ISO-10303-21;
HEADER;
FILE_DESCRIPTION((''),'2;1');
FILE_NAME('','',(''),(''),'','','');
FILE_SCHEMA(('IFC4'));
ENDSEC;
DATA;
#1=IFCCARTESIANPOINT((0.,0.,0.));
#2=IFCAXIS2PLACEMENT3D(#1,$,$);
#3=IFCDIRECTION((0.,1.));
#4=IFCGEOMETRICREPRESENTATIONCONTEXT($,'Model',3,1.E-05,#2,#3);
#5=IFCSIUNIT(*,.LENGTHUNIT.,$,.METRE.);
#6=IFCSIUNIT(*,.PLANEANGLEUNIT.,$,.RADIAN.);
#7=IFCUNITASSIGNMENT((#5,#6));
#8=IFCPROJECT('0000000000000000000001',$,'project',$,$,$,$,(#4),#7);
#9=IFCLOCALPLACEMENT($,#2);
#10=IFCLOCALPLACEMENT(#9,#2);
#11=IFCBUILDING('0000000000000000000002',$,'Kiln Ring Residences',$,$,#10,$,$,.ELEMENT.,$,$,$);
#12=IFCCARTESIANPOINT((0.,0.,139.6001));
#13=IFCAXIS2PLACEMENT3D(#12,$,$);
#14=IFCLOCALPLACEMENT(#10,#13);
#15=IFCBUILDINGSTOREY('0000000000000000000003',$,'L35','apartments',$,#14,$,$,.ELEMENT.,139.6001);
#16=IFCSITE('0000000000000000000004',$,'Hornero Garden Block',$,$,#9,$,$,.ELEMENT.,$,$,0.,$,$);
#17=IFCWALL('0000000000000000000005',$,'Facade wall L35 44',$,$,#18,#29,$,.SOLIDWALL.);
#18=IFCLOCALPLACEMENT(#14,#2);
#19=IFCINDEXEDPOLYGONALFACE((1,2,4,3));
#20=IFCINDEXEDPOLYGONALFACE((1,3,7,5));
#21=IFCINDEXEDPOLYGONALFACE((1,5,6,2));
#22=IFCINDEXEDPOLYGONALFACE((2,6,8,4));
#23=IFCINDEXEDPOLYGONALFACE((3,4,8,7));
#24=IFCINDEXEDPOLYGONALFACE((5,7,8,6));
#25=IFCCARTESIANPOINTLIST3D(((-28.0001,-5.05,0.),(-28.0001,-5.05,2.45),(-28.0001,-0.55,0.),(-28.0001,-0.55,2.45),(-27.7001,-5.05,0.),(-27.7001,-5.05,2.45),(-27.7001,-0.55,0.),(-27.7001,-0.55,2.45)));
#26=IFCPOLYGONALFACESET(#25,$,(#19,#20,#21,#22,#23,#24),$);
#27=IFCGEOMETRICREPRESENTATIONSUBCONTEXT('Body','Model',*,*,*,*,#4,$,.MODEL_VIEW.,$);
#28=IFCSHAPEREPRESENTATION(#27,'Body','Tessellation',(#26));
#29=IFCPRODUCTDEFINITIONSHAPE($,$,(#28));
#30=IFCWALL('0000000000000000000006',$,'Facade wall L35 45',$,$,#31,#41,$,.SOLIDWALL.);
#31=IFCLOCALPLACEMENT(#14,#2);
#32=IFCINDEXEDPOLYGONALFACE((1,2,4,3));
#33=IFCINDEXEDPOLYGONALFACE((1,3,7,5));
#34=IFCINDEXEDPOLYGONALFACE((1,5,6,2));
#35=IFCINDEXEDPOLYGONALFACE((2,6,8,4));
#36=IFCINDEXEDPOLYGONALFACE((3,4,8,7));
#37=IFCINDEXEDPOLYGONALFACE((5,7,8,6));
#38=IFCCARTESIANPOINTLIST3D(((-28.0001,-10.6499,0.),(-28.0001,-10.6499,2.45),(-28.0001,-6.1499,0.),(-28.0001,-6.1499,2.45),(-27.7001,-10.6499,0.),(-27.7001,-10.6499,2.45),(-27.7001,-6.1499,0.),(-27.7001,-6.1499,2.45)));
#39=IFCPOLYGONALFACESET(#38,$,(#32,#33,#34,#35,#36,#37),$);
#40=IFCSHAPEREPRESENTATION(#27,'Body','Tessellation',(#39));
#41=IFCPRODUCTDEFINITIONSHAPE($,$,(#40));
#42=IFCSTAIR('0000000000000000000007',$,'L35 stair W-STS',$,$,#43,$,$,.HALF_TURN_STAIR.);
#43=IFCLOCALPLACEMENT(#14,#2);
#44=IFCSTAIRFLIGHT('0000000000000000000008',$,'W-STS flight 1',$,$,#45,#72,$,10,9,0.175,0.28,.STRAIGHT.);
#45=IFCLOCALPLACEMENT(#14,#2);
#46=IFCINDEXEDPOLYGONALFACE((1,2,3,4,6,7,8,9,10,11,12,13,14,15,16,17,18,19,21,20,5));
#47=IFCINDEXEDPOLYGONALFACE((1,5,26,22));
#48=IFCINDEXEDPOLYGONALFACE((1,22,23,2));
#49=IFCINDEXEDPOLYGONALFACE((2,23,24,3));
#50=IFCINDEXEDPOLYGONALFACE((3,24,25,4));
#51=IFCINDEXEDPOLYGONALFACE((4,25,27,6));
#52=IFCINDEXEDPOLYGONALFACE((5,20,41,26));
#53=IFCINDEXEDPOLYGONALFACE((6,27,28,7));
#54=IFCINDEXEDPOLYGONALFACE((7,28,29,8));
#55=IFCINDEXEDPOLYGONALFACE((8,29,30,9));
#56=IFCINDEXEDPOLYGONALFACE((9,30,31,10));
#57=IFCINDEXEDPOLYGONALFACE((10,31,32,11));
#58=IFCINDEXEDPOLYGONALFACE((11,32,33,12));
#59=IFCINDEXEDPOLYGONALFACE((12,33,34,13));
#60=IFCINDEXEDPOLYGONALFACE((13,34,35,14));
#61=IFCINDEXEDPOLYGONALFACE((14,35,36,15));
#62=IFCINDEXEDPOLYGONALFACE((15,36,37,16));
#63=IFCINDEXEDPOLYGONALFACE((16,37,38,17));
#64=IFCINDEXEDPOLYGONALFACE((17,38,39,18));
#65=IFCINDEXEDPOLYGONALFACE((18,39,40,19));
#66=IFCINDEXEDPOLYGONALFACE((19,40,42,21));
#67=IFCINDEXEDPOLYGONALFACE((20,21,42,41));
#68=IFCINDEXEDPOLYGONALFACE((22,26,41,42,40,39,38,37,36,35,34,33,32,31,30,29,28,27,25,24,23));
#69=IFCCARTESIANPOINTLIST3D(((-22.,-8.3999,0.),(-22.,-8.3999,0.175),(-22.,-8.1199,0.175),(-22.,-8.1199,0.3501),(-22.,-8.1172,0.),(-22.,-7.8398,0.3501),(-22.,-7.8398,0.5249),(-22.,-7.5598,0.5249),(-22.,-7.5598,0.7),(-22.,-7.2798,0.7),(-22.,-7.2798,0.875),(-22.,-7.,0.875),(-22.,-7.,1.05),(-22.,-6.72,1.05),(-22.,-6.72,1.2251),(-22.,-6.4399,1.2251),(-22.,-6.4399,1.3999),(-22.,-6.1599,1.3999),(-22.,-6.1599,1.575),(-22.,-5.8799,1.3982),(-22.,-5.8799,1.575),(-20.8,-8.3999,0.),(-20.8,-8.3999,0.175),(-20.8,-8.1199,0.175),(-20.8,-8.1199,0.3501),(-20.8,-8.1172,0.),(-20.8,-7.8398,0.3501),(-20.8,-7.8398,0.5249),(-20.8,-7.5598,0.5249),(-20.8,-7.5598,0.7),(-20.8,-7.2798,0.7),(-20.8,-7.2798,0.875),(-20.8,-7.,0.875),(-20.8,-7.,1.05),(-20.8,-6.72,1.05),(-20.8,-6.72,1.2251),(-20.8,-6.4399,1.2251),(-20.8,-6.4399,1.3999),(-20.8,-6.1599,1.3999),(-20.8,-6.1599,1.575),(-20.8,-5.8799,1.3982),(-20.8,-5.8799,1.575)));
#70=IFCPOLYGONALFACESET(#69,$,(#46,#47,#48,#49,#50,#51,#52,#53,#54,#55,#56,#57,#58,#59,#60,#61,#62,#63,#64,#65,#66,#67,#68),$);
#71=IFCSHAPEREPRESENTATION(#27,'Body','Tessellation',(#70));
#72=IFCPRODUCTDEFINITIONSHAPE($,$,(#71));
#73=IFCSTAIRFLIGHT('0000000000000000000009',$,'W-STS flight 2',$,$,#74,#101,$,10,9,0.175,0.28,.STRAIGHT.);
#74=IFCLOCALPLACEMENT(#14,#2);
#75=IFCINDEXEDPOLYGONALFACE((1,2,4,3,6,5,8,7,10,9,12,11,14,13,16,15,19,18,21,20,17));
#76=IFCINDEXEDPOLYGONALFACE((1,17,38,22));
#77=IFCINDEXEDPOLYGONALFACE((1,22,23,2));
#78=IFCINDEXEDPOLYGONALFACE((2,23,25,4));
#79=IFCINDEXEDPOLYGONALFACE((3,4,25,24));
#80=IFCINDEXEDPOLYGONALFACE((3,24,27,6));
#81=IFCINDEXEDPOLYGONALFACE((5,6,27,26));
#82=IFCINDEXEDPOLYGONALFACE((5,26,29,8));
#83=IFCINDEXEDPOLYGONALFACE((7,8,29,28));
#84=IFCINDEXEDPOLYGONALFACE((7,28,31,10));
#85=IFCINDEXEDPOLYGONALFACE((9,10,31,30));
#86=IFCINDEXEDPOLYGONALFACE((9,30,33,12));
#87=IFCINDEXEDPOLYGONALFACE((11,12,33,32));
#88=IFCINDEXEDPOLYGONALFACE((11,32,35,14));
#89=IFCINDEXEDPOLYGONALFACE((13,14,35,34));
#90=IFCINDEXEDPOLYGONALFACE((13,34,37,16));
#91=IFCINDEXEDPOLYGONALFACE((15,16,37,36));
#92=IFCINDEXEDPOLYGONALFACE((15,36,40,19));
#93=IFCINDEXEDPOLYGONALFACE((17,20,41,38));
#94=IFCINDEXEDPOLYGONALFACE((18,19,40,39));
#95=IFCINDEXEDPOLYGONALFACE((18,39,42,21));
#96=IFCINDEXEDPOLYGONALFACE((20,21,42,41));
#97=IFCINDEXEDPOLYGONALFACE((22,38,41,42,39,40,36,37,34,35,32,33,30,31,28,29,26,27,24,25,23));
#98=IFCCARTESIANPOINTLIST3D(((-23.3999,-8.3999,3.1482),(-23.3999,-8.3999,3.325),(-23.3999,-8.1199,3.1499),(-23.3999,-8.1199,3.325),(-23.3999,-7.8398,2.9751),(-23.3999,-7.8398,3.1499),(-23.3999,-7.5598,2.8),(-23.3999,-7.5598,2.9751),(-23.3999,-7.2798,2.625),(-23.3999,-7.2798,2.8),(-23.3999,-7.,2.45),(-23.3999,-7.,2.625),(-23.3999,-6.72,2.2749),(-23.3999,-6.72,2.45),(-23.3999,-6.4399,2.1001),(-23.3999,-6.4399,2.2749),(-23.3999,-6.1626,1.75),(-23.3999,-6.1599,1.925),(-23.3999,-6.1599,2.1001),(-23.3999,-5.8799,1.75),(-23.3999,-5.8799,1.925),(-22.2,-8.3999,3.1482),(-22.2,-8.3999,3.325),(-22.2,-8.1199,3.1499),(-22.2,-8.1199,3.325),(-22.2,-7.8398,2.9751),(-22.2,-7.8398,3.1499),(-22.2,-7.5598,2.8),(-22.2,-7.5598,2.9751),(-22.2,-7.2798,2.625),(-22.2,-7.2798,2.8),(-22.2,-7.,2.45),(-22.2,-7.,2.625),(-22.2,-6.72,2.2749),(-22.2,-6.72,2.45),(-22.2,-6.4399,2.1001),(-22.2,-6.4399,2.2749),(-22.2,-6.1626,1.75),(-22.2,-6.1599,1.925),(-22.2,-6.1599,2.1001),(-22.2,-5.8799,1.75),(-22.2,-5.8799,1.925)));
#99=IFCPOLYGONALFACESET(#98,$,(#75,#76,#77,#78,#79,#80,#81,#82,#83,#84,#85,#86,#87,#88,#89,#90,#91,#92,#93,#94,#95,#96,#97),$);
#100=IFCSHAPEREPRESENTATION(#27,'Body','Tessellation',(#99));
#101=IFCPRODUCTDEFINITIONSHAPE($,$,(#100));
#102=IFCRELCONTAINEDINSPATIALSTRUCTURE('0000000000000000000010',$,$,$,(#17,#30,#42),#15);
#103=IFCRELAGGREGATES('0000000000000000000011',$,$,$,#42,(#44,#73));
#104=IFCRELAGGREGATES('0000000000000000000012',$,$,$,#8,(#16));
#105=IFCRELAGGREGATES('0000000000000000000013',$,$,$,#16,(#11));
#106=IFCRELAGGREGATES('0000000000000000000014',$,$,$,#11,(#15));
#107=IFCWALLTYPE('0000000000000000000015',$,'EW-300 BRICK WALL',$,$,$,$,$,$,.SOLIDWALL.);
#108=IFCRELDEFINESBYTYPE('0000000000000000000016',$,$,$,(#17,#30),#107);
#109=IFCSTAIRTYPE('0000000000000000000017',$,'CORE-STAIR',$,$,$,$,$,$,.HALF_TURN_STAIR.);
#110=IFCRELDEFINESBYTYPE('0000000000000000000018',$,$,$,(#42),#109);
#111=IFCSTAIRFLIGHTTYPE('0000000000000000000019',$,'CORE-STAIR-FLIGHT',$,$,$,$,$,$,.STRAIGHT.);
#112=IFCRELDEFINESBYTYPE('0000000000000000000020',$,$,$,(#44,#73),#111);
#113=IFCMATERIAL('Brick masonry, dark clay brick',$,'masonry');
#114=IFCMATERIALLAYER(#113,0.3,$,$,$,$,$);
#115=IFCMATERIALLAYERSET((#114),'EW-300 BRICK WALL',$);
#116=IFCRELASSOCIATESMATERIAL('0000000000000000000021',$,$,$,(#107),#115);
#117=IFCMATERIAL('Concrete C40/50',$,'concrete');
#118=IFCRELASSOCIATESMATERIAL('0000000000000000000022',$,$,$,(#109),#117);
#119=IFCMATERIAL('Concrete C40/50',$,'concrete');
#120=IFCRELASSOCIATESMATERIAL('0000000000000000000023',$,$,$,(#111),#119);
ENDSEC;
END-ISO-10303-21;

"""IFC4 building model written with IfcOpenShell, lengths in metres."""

from ifc_helpers import new_model, si_unit, direction, frame, frame_2d, origin, place, context, subcontext, project, spatial, polyline, rectangle, outline, extrude, material, layer, layer_set, type_object, element, aggregate, save


model = new_model("IFC4")

# Units and contexts
model_context = context("Model", 3, precision=1e-05, world=origin(), true_north=direction((0.0, 1.0)))
body_context = subcontext(model_context, "Body", "Model", "MODEL_VIEW")
ifc_project = project(units=[si_unit("LENGTHUNIT", "METRE"), si_unit("PLANEANGLEUNIT", "RADIAN")], contexts=[model_context])

# Site, building, storey
site_placement = place(None, origin())
site = spatial("IfcSite", under=ifc_project, at=site_placement, Name="Hornero Garden Block", CompositionType="ELEMENT", RefElevation=0.0)
building_placement = place(site_placement, origin())
building = spatial("IfcBuilding", under=site, at=building_placement, Name="Kiln Ring Residences", CompositionType="ELEMENT")
storey_placement = place(building_placement, frame((0.0, 0.0, 139.6001)))
storey = spatial("IfcBuildingStorey", under=building, at=storey_placement, Name="L35", Description="apartments", CompositionType="ELEMENT", Elevation=139.6001)

# Walls
ifc_material_1 = material(Name="Brick masonry, dark clay brick", Category="masonry")
ifc_layer_1 = layer(ifc_material_1, 0.3)
ifc_layer_set_1 = layer_set([ifc_layer_1], Name="EW-300 BRICK WALL")
wall_type_1 = type_object("IfcWallType", Name="EW-300 BRICK WALL", PredefinedType="SOLIDWALL", material=ifc_layer_set_1)
for number, where, z_axis, x_axis, name in (
    (1, (-27.8501, -0.55, 0.0), (0.0, 0.0, 1.0), (0.0, -1.0, 0.0), "Facade wall L35 44"),
    (2, (-27.8501, -6.1499, 0.0), (0.0, 0.0, 1.0), (0.0, -1.0, 0.0), "Facade wall L35 45"),
):
    element("IfcWall", number, at=place(storey_placement, frame(where, z_axis=z_axis, x_axis=x_axis)), inside=storey, type_object=wall_type_1, Name=name, PredefinedType="SOLIDWALL", context=body_context, shape_type="SweptSolid", body=[
        extrude(rectangle(XDim=4.5, YDim=0.3, at=frame_2d((2.25, 0.0))), origin(), (0.0, 0.0, 1.0), 2.45),
    ])

# Stair, stair flights
ifc_material_2 = material(Name="Concrete C40/50", Category="concrete")
stair_type = type_object("IfcStairType", Name="CORE-STAIR", PredefinedType="HALF_TURN_STAIR", material=ifc_material_2)
stair_placement = place(storey_placement, origin())
stair = element("IfcStair", 3, at=stair_placement, inside=storey, type_object=stair_type, Name="L35 stair W-STS", PredefinedType="HALF_TURN_STAIR")
ifc_material_3 = material(Name="Concrete C40/50", Category="concrete")
stair_flight_type = type_object("IfcStairFlightType", Name="CORE-STAIR-FLIGHT", PredefinedType="STRAIGHT", material=ifc_material_3)
stair_flight_1_placement = place(storey_placement, frame((-21.3999, -8.3999, 0.0), z_axis=(0.0, 0.0, 1.0), x_axis=(0.0, 1.0, 0.0)))
stair_flight_1 = element("IfcStairFlight", 4, at=stair_flight_1_placement, type_object=stair_flight_type, Name="W-STS flight 1", NumberOfRisers=10, NumberOfTreads=9, PredefinedType="STRAIGHT", RiserHeight=0.175, TreadLength=0.28, context=body_context, shape_type="SweptSolid", body=[
    extrude(outline(polyline([(0.0, 0.0), (0.0, 0.175), (0.28, 0.175), (0.28, 0.3501), (0.5601, 0.3501), (0.5601, 0.5249), (0.8401, 0.5249), (0.8401, 0.7), (1.1201, 0.7), (1.1201, 0.875), (1.3999, 0.875), (1.3999, 1.05), (1.6799, 1.05), (1.6799, 1.2251), (1.96, 1.2251), (1.96, 1.3999), (2.24, 1.3999), (2.24, 1.575), (2.52, 1.575), (2.52, 1.75), (2.52, 1.3982), (0.2827, 0.0), (0.0, 0.0)])), frame((0.0, 0.6001, 0.0), z_axis=(0.0, -1.0, 0.0), x_axis=(1.0, 0.0, 0.0)), (0.0, 0.0, 1.0), 1.2),
])
stair_flight_2_placement = place(storey_placement, frame((-22.8, -5.8799, 1.75), z_axis=(0.0, 0.0, 1.0), x_axis=(0.0, -1.0, 0.0)))
stair_flight_2 = element("IfcStairFlight", 5, at=stair_flight_2_placement, type_object=stair_flight_type, Name="W-STS flight 2", NumberOfRisers=10, NumberOfTreads=9, PredefinedType="STRAIGHT", RiserHeight=0.175, TreadLength=0.28, context=body_context, shape_type="SweptSolid", body=[
    extrude(outline(polyline([(0.0, 0.0), (0.0, 0.175), (0.28, 0.175), (0.28, 0.3501), (0.5601, 0.3501), (0.5601, 0.5249), (0.8401, 0.5249), (0.8401, 0.7), (1.1201, 0.7), (1.1201, 0.875), (1.3999, 0.875), (1.3999, 1.05), (1.6799, 1.05), (1.6799, 1.2251), (1.96, 1.2251), (1.96, 1.3999), (2.24, 1.3999), (2.24, 1.575), (2.52, 1.575), (2.52, 1.75), (2.52, 1.3982), (0.2827, 0.0), (0.0, 0.0)])), frame((0.0, 0.6001, 0.0), z_axis=(0.0, -1.0, 0.0), x_axis=(1.0, 0.0, 0.0)), (0.0, 0.0, 1.0), 1.2),
])
aggregate(stair, [stair_flight_1, stair_flight_2])

save(model, "model.ifc")
